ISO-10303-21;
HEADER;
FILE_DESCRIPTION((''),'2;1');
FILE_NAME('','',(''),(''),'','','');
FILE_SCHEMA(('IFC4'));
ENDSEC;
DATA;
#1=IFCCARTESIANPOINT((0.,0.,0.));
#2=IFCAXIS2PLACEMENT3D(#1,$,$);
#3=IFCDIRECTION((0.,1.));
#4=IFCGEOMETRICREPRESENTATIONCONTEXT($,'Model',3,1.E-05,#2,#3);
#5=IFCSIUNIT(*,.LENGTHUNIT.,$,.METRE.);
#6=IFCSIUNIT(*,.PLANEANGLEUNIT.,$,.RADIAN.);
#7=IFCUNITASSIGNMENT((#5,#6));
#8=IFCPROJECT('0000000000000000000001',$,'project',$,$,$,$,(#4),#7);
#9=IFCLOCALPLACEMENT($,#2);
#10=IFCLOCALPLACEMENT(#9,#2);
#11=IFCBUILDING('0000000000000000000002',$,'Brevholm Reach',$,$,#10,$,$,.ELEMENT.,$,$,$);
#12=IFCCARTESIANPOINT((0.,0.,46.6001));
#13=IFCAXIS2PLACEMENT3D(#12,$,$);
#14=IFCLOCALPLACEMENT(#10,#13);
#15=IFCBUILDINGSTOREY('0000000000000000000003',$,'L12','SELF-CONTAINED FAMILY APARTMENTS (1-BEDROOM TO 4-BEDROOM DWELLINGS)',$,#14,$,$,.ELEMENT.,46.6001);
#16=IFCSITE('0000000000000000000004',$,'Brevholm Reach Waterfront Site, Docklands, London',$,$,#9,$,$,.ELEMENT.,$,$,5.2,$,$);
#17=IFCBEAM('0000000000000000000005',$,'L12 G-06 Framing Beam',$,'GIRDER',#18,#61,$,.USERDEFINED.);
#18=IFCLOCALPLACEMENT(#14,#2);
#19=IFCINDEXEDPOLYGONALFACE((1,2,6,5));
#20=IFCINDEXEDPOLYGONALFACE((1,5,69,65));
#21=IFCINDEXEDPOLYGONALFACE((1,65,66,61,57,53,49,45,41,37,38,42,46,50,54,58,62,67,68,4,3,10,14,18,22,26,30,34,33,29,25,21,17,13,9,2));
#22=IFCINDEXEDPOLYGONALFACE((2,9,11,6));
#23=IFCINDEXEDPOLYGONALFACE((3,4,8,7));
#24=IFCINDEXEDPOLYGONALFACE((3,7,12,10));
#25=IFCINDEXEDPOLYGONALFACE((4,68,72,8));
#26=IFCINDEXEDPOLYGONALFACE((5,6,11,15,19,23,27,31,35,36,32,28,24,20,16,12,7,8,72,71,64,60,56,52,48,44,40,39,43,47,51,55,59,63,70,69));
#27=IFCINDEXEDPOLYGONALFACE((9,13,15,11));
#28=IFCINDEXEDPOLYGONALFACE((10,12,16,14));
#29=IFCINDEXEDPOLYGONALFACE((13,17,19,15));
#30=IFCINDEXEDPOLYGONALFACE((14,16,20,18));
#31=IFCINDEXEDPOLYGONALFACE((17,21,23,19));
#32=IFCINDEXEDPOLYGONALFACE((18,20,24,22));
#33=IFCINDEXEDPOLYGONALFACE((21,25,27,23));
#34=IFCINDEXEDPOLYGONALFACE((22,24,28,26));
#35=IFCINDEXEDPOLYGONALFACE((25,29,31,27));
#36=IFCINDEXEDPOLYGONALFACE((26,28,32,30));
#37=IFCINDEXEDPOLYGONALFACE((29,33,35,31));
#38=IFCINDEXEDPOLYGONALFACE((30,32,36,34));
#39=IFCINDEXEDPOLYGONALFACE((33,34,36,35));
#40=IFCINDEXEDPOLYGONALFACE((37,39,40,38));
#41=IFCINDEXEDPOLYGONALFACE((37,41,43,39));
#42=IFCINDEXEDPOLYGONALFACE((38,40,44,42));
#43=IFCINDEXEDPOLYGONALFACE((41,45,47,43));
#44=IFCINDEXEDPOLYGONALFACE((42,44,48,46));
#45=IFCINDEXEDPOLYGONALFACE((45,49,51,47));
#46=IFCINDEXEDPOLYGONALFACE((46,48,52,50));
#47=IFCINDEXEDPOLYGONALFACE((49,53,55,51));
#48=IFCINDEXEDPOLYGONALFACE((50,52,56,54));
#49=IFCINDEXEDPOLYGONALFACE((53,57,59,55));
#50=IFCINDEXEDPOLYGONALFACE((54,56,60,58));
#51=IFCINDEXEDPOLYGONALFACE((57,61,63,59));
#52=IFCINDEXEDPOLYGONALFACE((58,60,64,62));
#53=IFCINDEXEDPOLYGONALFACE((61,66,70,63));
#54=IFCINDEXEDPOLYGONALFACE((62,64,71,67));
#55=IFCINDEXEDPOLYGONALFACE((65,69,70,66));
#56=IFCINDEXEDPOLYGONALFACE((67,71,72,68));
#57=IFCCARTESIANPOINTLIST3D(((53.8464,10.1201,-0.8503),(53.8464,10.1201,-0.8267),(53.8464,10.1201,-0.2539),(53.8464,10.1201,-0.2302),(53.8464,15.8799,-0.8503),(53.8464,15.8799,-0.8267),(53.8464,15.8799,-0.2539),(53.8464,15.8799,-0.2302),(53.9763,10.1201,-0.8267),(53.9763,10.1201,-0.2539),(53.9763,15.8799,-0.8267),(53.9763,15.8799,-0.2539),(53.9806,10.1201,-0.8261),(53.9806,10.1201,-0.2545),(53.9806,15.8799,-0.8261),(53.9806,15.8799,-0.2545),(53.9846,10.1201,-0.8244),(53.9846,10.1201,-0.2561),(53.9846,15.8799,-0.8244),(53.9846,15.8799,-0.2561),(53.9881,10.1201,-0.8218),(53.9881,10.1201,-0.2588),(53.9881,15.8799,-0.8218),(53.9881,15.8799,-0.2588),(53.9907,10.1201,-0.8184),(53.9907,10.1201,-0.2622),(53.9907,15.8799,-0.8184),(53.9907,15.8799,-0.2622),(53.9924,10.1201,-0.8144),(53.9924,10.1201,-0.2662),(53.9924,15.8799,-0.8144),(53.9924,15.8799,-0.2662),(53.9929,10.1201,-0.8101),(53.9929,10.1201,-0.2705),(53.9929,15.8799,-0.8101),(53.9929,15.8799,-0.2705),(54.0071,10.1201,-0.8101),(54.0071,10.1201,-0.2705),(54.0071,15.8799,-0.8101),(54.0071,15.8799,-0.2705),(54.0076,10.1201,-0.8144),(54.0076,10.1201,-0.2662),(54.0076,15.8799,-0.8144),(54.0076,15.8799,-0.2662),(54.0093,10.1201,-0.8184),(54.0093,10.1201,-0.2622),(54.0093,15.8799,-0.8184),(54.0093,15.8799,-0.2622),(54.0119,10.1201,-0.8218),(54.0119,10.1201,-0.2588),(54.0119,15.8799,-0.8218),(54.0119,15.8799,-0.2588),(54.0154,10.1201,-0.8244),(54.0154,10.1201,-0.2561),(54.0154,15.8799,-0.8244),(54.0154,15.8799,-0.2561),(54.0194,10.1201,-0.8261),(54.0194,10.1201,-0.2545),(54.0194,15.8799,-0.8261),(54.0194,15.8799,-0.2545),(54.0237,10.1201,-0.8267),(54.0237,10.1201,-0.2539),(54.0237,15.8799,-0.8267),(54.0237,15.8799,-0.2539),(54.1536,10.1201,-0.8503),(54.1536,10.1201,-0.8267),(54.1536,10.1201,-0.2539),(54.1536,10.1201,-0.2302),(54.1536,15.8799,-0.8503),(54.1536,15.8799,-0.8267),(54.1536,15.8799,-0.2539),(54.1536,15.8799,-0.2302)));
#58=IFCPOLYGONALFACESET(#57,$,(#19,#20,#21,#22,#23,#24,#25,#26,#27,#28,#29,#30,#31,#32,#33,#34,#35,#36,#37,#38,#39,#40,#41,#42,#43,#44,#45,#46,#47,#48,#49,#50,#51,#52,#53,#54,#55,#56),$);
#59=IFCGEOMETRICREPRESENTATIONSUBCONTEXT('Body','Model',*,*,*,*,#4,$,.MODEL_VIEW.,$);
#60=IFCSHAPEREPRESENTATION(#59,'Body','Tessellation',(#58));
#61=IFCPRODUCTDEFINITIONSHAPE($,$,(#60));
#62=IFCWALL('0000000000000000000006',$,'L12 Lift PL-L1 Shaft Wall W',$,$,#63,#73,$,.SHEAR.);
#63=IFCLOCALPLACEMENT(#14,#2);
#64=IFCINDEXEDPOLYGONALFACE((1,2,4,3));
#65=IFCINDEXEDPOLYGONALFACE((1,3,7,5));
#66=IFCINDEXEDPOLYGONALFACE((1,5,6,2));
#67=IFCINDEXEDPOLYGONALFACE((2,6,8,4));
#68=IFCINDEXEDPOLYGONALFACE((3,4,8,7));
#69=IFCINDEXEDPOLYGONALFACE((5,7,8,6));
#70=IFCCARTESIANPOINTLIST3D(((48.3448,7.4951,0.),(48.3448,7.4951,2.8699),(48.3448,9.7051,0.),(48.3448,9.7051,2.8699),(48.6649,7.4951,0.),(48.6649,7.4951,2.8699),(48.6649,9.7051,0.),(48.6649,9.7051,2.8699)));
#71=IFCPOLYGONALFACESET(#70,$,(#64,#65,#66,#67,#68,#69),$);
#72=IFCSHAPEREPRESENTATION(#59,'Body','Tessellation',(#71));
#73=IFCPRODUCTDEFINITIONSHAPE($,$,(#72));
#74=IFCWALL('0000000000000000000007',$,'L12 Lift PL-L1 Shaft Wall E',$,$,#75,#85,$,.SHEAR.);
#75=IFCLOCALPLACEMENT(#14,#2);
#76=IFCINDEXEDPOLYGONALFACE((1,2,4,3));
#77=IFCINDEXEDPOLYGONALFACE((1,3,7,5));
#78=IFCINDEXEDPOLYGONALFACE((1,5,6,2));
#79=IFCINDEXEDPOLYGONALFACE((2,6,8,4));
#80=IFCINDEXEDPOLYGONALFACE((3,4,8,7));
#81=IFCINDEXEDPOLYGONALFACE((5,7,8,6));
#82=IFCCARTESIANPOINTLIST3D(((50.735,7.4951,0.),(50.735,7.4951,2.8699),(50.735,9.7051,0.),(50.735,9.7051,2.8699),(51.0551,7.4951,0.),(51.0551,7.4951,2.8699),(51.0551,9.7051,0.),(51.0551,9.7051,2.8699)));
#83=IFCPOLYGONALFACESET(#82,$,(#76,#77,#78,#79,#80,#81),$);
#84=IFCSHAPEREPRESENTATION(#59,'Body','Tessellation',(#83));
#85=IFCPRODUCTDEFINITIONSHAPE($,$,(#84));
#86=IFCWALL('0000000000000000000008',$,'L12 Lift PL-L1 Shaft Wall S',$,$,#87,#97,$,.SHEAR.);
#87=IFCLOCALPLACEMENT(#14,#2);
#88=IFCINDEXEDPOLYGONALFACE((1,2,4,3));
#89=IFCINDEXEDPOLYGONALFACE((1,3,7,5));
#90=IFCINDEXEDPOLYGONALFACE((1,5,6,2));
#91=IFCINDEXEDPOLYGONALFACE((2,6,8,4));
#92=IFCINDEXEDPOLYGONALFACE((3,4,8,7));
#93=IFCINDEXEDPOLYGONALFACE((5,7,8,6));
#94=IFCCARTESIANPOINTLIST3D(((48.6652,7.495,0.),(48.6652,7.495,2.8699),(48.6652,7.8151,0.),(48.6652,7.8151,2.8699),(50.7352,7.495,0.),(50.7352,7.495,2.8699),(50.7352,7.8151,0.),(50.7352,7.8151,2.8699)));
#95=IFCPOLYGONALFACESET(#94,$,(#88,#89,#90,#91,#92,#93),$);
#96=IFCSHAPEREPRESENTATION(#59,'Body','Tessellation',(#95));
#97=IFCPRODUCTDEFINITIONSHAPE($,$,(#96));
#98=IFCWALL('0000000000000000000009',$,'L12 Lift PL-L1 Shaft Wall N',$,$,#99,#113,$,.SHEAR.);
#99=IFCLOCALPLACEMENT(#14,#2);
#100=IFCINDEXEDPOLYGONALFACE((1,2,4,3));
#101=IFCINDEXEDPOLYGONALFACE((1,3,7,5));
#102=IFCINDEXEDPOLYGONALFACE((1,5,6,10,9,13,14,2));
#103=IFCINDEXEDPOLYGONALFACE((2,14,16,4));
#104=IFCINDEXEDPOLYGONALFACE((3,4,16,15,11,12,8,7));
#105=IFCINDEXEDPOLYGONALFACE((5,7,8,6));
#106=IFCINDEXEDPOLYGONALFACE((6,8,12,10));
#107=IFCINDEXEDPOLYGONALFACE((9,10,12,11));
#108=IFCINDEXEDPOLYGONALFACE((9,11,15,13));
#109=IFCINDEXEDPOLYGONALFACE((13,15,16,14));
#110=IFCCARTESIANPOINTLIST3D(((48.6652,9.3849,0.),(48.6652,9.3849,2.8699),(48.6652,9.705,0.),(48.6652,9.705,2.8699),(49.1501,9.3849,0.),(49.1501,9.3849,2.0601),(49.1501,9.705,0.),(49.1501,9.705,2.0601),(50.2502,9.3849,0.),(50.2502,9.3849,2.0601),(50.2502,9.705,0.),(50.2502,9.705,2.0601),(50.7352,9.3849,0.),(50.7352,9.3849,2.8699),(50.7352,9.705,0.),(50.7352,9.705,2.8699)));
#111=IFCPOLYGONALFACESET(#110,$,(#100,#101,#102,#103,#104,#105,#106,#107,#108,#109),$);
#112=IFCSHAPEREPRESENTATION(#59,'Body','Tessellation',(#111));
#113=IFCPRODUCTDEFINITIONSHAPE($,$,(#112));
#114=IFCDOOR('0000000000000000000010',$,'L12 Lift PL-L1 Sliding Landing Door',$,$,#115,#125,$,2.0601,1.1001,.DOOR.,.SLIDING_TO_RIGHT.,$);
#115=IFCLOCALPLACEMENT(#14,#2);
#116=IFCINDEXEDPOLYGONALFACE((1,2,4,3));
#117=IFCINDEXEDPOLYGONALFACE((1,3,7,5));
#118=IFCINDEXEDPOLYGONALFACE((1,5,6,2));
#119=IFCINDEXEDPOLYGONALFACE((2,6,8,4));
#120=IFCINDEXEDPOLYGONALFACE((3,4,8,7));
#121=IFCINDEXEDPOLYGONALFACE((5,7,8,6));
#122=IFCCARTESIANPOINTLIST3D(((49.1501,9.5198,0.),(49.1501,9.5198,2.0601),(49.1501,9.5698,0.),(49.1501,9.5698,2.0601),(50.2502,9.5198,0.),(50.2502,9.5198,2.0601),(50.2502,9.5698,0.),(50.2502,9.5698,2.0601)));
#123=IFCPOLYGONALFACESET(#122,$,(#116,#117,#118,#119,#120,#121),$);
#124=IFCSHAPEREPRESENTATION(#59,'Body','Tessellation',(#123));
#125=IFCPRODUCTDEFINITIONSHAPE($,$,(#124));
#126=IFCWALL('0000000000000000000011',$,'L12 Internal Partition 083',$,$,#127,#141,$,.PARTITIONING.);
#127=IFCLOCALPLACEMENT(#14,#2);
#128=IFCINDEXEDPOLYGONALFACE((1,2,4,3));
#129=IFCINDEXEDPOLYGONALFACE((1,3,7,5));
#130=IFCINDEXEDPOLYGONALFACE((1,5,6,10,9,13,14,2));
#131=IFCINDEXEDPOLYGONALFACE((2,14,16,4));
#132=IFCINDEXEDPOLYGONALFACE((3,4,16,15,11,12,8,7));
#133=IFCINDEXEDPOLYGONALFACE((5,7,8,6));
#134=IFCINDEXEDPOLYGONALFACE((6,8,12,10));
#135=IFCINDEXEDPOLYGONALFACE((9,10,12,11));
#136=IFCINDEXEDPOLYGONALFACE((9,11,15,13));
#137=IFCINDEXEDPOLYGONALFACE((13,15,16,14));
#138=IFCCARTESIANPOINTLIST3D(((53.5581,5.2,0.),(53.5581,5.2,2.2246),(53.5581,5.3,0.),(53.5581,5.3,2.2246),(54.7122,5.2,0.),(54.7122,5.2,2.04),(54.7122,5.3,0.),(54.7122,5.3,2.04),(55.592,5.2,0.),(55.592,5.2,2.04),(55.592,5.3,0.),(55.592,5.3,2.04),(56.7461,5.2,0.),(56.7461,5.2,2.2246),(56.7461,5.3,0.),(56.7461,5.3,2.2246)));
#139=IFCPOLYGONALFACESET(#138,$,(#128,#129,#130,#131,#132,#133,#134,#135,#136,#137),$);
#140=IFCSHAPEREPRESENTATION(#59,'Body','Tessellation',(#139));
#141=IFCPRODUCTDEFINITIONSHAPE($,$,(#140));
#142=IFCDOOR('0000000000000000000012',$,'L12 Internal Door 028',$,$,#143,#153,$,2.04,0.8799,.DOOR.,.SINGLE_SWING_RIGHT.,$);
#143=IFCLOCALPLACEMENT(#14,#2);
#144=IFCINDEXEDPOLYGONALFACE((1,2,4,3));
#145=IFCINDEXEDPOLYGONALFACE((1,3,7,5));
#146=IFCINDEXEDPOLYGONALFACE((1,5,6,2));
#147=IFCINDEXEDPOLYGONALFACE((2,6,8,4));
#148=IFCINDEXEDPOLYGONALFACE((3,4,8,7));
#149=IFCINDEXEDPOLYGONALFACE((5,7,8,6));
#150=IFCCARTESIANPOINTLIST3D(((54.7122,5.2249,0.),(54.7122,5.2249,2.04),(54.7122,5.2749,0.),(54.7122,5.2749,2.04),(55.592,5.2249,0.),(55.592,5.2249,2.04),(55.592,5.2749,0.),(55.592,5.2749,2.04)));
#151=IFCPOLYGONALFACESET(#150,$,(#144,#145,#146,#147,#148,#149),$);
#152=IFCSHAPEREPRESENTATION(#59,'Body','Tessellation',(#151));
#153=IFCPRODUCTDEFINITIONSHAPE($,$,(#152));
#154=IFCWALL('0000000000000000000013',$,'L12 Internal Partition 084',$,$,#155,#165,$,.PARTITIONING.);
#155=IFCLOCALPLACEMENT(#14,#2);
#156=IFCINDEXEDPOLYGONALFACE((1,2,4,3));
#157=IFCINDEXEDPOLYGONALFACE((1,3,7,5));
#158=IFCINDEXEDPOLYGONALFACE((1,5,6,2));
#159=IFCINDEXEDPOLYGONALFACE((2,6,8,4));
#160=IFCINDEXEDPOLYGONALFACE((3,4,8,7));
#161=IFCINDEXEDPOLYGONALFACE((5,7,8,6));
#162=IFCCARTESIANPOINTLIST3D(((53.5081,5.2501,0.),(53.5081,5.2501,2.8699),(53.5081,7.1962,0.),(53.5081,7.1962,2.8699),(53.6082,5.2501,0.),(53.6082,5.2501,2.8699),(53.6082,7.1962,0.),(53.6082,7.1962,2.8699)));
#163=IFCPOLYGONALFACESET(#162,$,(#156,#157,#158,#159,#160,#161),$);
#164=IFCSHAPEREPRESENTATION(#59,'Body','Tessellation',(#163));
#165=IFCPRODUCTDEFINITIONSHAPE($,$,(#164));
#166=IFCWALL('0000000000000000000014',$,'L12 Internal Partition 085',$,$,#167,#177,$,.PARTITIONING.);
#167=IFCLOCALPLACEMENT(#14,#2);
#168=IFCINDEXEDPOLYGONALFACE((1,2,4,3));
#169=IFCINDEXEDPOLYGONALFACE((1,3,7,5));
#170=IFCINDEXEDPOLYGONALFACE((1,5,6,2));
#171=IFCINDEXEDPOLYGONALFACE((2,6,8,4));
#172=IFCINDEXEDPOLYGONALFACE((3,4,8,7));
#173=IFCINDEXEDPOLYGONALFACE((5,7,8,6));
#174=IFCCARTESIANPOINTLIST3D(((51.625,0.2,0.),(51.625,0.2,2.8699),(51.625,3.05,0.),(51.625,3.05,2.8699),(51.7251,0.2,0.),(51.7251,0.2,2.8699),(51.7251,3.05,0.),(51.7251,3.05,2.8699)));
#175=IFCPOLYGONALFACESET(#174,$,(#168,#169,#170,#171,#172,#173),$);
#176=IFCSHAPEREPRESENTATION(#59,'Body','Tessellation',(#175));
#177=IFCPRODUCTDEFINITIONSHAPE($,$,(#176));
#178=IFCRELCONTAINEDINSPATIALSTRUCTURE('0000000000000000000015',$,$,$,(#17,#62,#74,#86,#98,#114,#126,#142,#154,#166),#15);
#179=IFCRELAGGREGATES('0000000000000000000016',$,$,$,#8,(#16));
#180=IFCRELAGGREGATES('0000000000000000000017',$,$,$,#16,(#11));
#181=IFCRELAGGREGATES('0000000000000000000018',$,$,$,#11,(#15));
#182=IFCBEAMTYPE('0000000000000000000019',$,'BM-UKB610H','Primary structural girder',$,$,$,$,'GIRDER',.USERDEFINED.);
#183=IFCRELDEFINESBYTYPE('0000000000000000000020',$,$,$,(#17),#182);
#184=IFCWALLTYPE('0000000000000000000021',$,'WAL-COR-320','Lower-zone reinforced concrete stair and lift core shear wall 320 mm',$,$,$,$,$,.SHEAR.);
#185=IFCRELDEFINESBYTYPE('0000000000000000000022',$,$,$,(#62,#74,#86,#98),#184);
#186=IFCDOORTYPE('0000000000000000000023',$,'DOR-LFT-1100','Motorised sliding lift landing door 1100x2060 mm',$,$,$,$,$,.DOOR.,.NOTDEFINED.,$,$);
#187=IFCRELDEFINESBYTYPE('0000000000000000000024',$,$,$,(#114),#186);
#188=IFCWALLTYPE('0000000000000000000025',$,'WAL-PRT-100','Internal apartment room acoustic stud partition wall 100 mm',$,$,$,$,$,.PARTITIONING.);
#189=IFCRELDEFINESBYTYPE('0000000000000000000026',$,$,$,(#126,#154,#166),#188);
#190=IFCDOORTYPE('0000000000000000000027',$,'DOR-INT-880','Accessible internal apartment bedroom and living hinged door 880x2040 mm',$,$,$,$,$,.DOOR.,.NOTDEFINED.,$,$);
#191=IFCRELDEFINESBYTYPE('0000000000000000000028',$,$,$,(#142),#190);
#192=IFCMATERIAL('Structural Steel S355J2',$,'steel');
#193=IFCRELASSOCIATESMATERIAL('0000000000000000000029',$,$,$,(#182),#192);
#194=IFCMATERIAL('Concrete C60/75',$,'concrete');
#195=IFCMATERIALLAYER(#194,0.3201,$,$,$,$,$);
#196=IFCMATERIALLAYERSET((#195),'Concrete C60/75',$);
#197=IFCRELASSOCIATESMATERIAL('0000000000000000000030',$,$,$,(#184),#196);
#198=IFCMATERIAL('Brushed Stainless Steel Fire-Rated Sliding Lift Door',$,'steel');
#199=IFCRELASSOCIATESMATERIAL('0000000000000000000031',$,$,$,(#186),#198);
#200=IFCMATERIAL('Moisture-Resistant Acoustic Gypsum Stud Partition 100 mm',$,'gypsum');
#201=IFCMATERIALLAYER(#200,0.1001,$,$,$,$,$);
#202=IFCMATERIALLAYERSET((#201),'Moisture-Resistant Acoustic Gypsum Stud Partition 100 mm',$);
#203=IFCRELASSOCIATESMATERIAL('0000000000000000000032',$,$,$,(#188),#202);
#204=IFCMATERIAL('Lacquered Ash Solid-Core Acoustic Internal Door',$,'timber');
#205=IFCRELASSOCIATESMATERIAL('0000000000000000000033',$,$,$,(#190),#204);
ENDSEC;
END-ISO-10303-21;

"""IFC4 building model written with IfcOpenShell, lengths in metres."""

from ifc_helpers import new_model, si_unit, direction, frame, frame_2d, origin, origin_2d, place, context, subcontext, project, spatial, rectangle, i_section, extrude, material, layer, layer_set, material_profile, profile_set, type_object, element, fill, save


model = new_model("IFC4")

# Units and contexts
model_context = context("Model", 3, precision=1e-05, world=origin(), true_north=direction((0.0, 1.0)))
body_context = subcontext(model_context, "Body", "Model", "MODEL_VIEW")
ifc_project = project(units=[si_unit("LENGTHUNIT", "METRE"), si_unit("PLANEANGLEUNIT", "RADIAN")], contexts=[model_context])

# Site, building, storey
site_placement = place(None, origin())
site = spatial("IfcSite", under=ifc_project, at=site_placement, Name="Brevholm Reach Waterfront Site, Docklands, London", CompositionType="ELEMENT", RefElevation=5.2)
building_placement = place(site_placement, origin())
building = spatial("IfcBuilding", under=site, at=building_placement, Name="Brevholm Reach", CompositionType="ELEMENT")
storey_placement = place(building_placement, frame((0.0, 0.0, 46.6001)))
storey = spatial("IfcBuildingStorey", under=building, at=storey_placement, Name="L12", Description="SELF-CONTAINED FAMILY APARTMENTS (1-BEDROOM TO 4-BEDROOM DWELLINGS)", CompositionType="ELEMENT", Elevation=46.6001)

# Beam
ifc_material_1 = material(Name="Structural Steel S355J2", Category="steel")
ifc_material_profile_1 = material_profile(ifc_material_1, i_section(OverallWidth=0.3071, OverallDepth=0.6201, WebThickness=0.0142, FlangeThickness=0.0237, FilletRadius=0.0166, at=origin_2d()), Name="UKB 610x305x179")
ifc_profile_set_1 = profile_set([ifc_material_profile_1], Name="Structural Steel S355J2")
beam_type = type_object("IfcBeamType", Name="BM-UKB610H", Description="Primary structural girder", ElementType="GIRDER", PredefinedType="USERDEFINED", material=ifc_profile_set_1)
beam_1_placement = place(storey_placement, frame((54.0, 10.1201, -0.5403), z_axis=(0.0, 1.0, 0.0), x_axis=(-1.0, 0.0, 0.0)))
element("IfcBeam", 1, at=beam_1_placement, inside=storey, type_object=beam_type, Name="L12 G-06 Framing Beam", ObjectType="GIRDER", PredefinedType="USERDEFINED", context=body_context, shape_type="SweptSolid", body=[
    extrude(i_section(OverallWidth=0.3071, OverallDepth=0.6201, WebThickness=0.0142, FlangeThickness=0.0237, FilletRadius=0.0166, at=origin_2d()), origin(), (0.0, 0.0, 1.0), 5.7598),
])

# Walls
ifc_material_2 = material(Name="Concrete C60/75", Category="concrete")
ifc_layer_1 = layer(ifc_material_2, 0.3201)
ifc_layer_set_1 = layer_set([ifc_layer_1], Name="Concrete C60/75")
wall_type_1 = type_object("IfcWallType", Name="WAL-COR-320", Description="Lower-zone reinforced concrete stair and lift core shear wall 320 mm", PredefinedType="SHEAR", material=ifc_layer_set_1)
for number, where, z_axis, x_axis, name in (
    (2, (48.5049, 7.4951, 0.0), (0.0, 0.0, 1.0), (0.0, 1.0, 0.0), "L12 Lift PL-L1 Shaft Wall W"),
    (3, (50.895, 7.4951, 0.0), (0.0, 0.0, 1.0), (0.0, 1.0, 0.0), "L12 Lift PL-L1 Shaft Wall E"),
):
    element("IfcWall", number, at=place(storey_placement, frame(where, z_axis=z_axis, x_axis=x_axis)), inside=storey, type_object=wall_type_1, Name=name, PredefinedType="SHEAR", context=body_context, shape_type="SweptSolid", body=[
        extrude(rectangle(XDim=2.21, YDim=0.3201, at=frame_2d((1.105, 0.0))), origin(), (0.0, 0.0, 1.0), 2.8699),
    ])
wall_1_placement = place(storey_placement, frame((48.665, 7.655, 0.0), z_axis=(0.0, 0.0, 1.0), x_axis=(1.0, 0.0, 0.0)))
element("IfcWall", 4, at=wall_1_placement, inside=storey, type_object=wall_type_1, Name="L12 Lift PL-L1 Shaft Wall S", PredefinedType="SHEAR", context=body_context, shape_type="SweptSolid", body=[
    extrude(rectangle(XDim=2.0701, YDim=0.3201, at=frame_2d((1.0352, 0.0))), origin(), (0.0, 0.0, 1.0), 2.8699),
])

# Walls, openings, doors
wall_2_placement = place(storey_placement, frame((48.665, 9.5449, 0.0), z_axis=(0.0, 0.0, 1.0), x_axis=(1.0, 0.0, 0.0)))
wall_2 = element("IfcWall", 5, at=wall_2_placement, inside=storey, type_object=wall_type_1, Name="L12 Lift PL-L1 Shaft Wall N", PredefinedType="SHEAR", context=body_context, shape_type="SweptSolid", body=[
    extrude(rectangle(XDim=2.0701, YDim=0.3201, at=frame_2d((1.0352, 0.0))), origin(), (0.0, 0.0, 1.0), 2.8699),
])
opening_1_placement = place(wall_2_placement, frame((0.4851, 0.0, 0.0)))
opening_1 = element("IfcOpeningElement", 6, at=opening_1_placement, cuts=wall_2, PredefinedType="OPENING", context=body_context, shape_type="SweptSolid", body=[
    extrude(rectangle(XDim=1.1001, YDim=2.0601, at=frame_2d((0.55, 1.03))), frame((0.0, 0.1699, 0.0), z_axis=(0.0, -1.0, 0.0), x_axis=(1.0, 0.0, 0.0)), (0.0, 0.0, 1.0), 0.3401),
])
ifc_material_3 = material(Name="Brushed Stainless Steel Fire-Rated Sliding Lift Door", Category="steel")
door_type_1 = type_object("IfcDoorType", Name="DOR-LFT-1100", Description="Motorised sliding lift landing door 1100x2060 mm", OperationType="NOTDEFINED", PredefinedType="DOOR", material=ifc_material_3)
door_1_placement = place(opening_1_placement, origin())
door_1 = element("IfcDoor", 7, at=door_1_placement, inside=storey, type_object=door_type_1, Name="L12 Lift PL-L1 Sliding Landing Door", OperationType="SLIDING_TO_RIGHT", OverallHeight=2.0601, OverallWidth=1.1001, PredefinedType="DOOR", context=body_context, shape_type="SweptSolid", body=[
    extrude(rectangle(XDim=1.1001, YDim=2.0601, at=frame_2d((0.55, 1.03))), frame((0.0, 0.0249, 0.0), z_axis=(0.0, -1.0, 0.0), x_axis=(1.0, 0.0, 0.0)), (0.0, 0.0, 1.0), 0.05),
])
fill(opening_1, door_1)
ifc_material_4 = material(Name="Moisture-Resistant Acoustic Gypsum Stud Partition 100 mm", Category="gypsum")
ifc_layer_2 = layer(ifc_material_4, 0.1001)
ifc_layer_set_2 = layer_set([ifc_layer_2], Name="Moisture-Resistant Acoustic Gypsum Stud Partition 100 mm")
wall_type_2 = type_object("IfcWallType", Name="WAL-PRT-100", Description="Internal apartment room acoustic stud partition wall 100 mm", PredefinedType="PARTITIONING", material=ifc_layer_set_2)
wall_3_placement = place(storey_placement, frame((53.5581, 5.25, 0.0), z_axis=(0.0, 0.0, 1.0), x_axis=(1.0, 0.0, 0.0)))
wall_3 = element("IfcWall", 8, at=wall_3_placement, inside=storey, type_object=wall_type_2, Name="L12 Internal Partition 083", PredefinedType="PARTITIONING", context=body_context, shape_type="SweptSolid", body=[
    extrude(rectangle(XDim=3.188, YDim=0.1001, at=frame_2d((1.594, 0.0))), origin(), (0.0, 0.0, 1.0), 2.2246),
])
opening_2_placement = place(wall_3_placement, frame((1.1541, 0.0, 0.0)))
opening_2 = element("IfcOpeningElement", 9, at=opening_2_placement, cuts=wall_3, PredefinedType="OPENING", context=body_context, shape_type="SweptSolid", body=[
    extrude(rectangle(XDim=0.8799, YDim=2.04, at=frame_2d((0.4399, 1.02))), frame((0.0, 0.0601, 0.0), z_axis=(0.0, -1.0, 0.0), x_axis=(1.0, 0.0, 0.0)), (0.0, 0.0, 1.0), 0.1201),
])
ifc_material_5 = material(Name="Lacquered Ash Solid-Core Acoustic Internal Door", Category="timber")
door_type_2 = type_object("IfcDoorType", Name="DOR-INT-880", Description="Accessible internal apartment bedroom and living hinged door 880x2040 mm", OperationType="NOTDEFINED", PredefinedType="DOOR", material=ifc_material_5)
door_2_placement = place(opening_2_placement, origin())
door_2 = element("IfcDoor", 10, at=door_2_placement, inside=storey, type_object=door_type_2, Name="L12 Internal Door 028", OperationType="SINGLE_SWING_RIGHT", OverallHeight=2.04, OverallWidth=0.8799, PredefinedType="DOOR", context=body_context, shape_type="SweptSolid", body=[
    extrude(rectangle(XDim=0.8799, YDim=2.04, at=frame_2d((0.4399, 1.02))), frame((0.0, 0.0249, 0.0), z_axis=(0.0, -1.0, 0.0), x_axis=(1.0, 0.0, 0.0)), (0.0, 0.0, 1.0), 0.05),
])
fill(opening_2, door_2)

# Walls
wall_4_placement = place(storey_placement, frame((53.5581, 5.25, 0.0), z_axis=(0.0, 0.0, 1.0), x_axis=(0.0, 1.0, 0.0)))
element("IfcWall", 11, at=wall_4_placement, inside=storey, type_object=wall_type_2, Name="L12 Internal Partition 084", PredefinedType="PARTITIONING", context=body_context, shape_type="SweptSolid", body=[
    extrude(rectangle(XDim=1.946, YDim=0.1001, at=frame_2d((0.9731, 0.0))), origin(), (0.0, 0.0, 1.0), 2.8699),
])
wall_5_placement = place(storey_placement, frame((51.675, 0.2, 0.0), z_axis=(0.0, 0.0, 1.0), x_axis=(0.0, 1.0, 0.0)))
element("IfcWall", 12, at=wall_5_placement, inside=storey, type_object=wall_type_2, Name="L12 Internal Partition 085", PredefinedType="PARTITIONING", context=body_context, shape_type="SweptSolid", body=[
    extrude(rectangle(XDim=2.8501, YDim=0.1001, at=frame_2d((1.425, 0.0))), origin(), (0.0, 0.0, 1.0), 2.8699),
])

save(model, "model.ifc")
